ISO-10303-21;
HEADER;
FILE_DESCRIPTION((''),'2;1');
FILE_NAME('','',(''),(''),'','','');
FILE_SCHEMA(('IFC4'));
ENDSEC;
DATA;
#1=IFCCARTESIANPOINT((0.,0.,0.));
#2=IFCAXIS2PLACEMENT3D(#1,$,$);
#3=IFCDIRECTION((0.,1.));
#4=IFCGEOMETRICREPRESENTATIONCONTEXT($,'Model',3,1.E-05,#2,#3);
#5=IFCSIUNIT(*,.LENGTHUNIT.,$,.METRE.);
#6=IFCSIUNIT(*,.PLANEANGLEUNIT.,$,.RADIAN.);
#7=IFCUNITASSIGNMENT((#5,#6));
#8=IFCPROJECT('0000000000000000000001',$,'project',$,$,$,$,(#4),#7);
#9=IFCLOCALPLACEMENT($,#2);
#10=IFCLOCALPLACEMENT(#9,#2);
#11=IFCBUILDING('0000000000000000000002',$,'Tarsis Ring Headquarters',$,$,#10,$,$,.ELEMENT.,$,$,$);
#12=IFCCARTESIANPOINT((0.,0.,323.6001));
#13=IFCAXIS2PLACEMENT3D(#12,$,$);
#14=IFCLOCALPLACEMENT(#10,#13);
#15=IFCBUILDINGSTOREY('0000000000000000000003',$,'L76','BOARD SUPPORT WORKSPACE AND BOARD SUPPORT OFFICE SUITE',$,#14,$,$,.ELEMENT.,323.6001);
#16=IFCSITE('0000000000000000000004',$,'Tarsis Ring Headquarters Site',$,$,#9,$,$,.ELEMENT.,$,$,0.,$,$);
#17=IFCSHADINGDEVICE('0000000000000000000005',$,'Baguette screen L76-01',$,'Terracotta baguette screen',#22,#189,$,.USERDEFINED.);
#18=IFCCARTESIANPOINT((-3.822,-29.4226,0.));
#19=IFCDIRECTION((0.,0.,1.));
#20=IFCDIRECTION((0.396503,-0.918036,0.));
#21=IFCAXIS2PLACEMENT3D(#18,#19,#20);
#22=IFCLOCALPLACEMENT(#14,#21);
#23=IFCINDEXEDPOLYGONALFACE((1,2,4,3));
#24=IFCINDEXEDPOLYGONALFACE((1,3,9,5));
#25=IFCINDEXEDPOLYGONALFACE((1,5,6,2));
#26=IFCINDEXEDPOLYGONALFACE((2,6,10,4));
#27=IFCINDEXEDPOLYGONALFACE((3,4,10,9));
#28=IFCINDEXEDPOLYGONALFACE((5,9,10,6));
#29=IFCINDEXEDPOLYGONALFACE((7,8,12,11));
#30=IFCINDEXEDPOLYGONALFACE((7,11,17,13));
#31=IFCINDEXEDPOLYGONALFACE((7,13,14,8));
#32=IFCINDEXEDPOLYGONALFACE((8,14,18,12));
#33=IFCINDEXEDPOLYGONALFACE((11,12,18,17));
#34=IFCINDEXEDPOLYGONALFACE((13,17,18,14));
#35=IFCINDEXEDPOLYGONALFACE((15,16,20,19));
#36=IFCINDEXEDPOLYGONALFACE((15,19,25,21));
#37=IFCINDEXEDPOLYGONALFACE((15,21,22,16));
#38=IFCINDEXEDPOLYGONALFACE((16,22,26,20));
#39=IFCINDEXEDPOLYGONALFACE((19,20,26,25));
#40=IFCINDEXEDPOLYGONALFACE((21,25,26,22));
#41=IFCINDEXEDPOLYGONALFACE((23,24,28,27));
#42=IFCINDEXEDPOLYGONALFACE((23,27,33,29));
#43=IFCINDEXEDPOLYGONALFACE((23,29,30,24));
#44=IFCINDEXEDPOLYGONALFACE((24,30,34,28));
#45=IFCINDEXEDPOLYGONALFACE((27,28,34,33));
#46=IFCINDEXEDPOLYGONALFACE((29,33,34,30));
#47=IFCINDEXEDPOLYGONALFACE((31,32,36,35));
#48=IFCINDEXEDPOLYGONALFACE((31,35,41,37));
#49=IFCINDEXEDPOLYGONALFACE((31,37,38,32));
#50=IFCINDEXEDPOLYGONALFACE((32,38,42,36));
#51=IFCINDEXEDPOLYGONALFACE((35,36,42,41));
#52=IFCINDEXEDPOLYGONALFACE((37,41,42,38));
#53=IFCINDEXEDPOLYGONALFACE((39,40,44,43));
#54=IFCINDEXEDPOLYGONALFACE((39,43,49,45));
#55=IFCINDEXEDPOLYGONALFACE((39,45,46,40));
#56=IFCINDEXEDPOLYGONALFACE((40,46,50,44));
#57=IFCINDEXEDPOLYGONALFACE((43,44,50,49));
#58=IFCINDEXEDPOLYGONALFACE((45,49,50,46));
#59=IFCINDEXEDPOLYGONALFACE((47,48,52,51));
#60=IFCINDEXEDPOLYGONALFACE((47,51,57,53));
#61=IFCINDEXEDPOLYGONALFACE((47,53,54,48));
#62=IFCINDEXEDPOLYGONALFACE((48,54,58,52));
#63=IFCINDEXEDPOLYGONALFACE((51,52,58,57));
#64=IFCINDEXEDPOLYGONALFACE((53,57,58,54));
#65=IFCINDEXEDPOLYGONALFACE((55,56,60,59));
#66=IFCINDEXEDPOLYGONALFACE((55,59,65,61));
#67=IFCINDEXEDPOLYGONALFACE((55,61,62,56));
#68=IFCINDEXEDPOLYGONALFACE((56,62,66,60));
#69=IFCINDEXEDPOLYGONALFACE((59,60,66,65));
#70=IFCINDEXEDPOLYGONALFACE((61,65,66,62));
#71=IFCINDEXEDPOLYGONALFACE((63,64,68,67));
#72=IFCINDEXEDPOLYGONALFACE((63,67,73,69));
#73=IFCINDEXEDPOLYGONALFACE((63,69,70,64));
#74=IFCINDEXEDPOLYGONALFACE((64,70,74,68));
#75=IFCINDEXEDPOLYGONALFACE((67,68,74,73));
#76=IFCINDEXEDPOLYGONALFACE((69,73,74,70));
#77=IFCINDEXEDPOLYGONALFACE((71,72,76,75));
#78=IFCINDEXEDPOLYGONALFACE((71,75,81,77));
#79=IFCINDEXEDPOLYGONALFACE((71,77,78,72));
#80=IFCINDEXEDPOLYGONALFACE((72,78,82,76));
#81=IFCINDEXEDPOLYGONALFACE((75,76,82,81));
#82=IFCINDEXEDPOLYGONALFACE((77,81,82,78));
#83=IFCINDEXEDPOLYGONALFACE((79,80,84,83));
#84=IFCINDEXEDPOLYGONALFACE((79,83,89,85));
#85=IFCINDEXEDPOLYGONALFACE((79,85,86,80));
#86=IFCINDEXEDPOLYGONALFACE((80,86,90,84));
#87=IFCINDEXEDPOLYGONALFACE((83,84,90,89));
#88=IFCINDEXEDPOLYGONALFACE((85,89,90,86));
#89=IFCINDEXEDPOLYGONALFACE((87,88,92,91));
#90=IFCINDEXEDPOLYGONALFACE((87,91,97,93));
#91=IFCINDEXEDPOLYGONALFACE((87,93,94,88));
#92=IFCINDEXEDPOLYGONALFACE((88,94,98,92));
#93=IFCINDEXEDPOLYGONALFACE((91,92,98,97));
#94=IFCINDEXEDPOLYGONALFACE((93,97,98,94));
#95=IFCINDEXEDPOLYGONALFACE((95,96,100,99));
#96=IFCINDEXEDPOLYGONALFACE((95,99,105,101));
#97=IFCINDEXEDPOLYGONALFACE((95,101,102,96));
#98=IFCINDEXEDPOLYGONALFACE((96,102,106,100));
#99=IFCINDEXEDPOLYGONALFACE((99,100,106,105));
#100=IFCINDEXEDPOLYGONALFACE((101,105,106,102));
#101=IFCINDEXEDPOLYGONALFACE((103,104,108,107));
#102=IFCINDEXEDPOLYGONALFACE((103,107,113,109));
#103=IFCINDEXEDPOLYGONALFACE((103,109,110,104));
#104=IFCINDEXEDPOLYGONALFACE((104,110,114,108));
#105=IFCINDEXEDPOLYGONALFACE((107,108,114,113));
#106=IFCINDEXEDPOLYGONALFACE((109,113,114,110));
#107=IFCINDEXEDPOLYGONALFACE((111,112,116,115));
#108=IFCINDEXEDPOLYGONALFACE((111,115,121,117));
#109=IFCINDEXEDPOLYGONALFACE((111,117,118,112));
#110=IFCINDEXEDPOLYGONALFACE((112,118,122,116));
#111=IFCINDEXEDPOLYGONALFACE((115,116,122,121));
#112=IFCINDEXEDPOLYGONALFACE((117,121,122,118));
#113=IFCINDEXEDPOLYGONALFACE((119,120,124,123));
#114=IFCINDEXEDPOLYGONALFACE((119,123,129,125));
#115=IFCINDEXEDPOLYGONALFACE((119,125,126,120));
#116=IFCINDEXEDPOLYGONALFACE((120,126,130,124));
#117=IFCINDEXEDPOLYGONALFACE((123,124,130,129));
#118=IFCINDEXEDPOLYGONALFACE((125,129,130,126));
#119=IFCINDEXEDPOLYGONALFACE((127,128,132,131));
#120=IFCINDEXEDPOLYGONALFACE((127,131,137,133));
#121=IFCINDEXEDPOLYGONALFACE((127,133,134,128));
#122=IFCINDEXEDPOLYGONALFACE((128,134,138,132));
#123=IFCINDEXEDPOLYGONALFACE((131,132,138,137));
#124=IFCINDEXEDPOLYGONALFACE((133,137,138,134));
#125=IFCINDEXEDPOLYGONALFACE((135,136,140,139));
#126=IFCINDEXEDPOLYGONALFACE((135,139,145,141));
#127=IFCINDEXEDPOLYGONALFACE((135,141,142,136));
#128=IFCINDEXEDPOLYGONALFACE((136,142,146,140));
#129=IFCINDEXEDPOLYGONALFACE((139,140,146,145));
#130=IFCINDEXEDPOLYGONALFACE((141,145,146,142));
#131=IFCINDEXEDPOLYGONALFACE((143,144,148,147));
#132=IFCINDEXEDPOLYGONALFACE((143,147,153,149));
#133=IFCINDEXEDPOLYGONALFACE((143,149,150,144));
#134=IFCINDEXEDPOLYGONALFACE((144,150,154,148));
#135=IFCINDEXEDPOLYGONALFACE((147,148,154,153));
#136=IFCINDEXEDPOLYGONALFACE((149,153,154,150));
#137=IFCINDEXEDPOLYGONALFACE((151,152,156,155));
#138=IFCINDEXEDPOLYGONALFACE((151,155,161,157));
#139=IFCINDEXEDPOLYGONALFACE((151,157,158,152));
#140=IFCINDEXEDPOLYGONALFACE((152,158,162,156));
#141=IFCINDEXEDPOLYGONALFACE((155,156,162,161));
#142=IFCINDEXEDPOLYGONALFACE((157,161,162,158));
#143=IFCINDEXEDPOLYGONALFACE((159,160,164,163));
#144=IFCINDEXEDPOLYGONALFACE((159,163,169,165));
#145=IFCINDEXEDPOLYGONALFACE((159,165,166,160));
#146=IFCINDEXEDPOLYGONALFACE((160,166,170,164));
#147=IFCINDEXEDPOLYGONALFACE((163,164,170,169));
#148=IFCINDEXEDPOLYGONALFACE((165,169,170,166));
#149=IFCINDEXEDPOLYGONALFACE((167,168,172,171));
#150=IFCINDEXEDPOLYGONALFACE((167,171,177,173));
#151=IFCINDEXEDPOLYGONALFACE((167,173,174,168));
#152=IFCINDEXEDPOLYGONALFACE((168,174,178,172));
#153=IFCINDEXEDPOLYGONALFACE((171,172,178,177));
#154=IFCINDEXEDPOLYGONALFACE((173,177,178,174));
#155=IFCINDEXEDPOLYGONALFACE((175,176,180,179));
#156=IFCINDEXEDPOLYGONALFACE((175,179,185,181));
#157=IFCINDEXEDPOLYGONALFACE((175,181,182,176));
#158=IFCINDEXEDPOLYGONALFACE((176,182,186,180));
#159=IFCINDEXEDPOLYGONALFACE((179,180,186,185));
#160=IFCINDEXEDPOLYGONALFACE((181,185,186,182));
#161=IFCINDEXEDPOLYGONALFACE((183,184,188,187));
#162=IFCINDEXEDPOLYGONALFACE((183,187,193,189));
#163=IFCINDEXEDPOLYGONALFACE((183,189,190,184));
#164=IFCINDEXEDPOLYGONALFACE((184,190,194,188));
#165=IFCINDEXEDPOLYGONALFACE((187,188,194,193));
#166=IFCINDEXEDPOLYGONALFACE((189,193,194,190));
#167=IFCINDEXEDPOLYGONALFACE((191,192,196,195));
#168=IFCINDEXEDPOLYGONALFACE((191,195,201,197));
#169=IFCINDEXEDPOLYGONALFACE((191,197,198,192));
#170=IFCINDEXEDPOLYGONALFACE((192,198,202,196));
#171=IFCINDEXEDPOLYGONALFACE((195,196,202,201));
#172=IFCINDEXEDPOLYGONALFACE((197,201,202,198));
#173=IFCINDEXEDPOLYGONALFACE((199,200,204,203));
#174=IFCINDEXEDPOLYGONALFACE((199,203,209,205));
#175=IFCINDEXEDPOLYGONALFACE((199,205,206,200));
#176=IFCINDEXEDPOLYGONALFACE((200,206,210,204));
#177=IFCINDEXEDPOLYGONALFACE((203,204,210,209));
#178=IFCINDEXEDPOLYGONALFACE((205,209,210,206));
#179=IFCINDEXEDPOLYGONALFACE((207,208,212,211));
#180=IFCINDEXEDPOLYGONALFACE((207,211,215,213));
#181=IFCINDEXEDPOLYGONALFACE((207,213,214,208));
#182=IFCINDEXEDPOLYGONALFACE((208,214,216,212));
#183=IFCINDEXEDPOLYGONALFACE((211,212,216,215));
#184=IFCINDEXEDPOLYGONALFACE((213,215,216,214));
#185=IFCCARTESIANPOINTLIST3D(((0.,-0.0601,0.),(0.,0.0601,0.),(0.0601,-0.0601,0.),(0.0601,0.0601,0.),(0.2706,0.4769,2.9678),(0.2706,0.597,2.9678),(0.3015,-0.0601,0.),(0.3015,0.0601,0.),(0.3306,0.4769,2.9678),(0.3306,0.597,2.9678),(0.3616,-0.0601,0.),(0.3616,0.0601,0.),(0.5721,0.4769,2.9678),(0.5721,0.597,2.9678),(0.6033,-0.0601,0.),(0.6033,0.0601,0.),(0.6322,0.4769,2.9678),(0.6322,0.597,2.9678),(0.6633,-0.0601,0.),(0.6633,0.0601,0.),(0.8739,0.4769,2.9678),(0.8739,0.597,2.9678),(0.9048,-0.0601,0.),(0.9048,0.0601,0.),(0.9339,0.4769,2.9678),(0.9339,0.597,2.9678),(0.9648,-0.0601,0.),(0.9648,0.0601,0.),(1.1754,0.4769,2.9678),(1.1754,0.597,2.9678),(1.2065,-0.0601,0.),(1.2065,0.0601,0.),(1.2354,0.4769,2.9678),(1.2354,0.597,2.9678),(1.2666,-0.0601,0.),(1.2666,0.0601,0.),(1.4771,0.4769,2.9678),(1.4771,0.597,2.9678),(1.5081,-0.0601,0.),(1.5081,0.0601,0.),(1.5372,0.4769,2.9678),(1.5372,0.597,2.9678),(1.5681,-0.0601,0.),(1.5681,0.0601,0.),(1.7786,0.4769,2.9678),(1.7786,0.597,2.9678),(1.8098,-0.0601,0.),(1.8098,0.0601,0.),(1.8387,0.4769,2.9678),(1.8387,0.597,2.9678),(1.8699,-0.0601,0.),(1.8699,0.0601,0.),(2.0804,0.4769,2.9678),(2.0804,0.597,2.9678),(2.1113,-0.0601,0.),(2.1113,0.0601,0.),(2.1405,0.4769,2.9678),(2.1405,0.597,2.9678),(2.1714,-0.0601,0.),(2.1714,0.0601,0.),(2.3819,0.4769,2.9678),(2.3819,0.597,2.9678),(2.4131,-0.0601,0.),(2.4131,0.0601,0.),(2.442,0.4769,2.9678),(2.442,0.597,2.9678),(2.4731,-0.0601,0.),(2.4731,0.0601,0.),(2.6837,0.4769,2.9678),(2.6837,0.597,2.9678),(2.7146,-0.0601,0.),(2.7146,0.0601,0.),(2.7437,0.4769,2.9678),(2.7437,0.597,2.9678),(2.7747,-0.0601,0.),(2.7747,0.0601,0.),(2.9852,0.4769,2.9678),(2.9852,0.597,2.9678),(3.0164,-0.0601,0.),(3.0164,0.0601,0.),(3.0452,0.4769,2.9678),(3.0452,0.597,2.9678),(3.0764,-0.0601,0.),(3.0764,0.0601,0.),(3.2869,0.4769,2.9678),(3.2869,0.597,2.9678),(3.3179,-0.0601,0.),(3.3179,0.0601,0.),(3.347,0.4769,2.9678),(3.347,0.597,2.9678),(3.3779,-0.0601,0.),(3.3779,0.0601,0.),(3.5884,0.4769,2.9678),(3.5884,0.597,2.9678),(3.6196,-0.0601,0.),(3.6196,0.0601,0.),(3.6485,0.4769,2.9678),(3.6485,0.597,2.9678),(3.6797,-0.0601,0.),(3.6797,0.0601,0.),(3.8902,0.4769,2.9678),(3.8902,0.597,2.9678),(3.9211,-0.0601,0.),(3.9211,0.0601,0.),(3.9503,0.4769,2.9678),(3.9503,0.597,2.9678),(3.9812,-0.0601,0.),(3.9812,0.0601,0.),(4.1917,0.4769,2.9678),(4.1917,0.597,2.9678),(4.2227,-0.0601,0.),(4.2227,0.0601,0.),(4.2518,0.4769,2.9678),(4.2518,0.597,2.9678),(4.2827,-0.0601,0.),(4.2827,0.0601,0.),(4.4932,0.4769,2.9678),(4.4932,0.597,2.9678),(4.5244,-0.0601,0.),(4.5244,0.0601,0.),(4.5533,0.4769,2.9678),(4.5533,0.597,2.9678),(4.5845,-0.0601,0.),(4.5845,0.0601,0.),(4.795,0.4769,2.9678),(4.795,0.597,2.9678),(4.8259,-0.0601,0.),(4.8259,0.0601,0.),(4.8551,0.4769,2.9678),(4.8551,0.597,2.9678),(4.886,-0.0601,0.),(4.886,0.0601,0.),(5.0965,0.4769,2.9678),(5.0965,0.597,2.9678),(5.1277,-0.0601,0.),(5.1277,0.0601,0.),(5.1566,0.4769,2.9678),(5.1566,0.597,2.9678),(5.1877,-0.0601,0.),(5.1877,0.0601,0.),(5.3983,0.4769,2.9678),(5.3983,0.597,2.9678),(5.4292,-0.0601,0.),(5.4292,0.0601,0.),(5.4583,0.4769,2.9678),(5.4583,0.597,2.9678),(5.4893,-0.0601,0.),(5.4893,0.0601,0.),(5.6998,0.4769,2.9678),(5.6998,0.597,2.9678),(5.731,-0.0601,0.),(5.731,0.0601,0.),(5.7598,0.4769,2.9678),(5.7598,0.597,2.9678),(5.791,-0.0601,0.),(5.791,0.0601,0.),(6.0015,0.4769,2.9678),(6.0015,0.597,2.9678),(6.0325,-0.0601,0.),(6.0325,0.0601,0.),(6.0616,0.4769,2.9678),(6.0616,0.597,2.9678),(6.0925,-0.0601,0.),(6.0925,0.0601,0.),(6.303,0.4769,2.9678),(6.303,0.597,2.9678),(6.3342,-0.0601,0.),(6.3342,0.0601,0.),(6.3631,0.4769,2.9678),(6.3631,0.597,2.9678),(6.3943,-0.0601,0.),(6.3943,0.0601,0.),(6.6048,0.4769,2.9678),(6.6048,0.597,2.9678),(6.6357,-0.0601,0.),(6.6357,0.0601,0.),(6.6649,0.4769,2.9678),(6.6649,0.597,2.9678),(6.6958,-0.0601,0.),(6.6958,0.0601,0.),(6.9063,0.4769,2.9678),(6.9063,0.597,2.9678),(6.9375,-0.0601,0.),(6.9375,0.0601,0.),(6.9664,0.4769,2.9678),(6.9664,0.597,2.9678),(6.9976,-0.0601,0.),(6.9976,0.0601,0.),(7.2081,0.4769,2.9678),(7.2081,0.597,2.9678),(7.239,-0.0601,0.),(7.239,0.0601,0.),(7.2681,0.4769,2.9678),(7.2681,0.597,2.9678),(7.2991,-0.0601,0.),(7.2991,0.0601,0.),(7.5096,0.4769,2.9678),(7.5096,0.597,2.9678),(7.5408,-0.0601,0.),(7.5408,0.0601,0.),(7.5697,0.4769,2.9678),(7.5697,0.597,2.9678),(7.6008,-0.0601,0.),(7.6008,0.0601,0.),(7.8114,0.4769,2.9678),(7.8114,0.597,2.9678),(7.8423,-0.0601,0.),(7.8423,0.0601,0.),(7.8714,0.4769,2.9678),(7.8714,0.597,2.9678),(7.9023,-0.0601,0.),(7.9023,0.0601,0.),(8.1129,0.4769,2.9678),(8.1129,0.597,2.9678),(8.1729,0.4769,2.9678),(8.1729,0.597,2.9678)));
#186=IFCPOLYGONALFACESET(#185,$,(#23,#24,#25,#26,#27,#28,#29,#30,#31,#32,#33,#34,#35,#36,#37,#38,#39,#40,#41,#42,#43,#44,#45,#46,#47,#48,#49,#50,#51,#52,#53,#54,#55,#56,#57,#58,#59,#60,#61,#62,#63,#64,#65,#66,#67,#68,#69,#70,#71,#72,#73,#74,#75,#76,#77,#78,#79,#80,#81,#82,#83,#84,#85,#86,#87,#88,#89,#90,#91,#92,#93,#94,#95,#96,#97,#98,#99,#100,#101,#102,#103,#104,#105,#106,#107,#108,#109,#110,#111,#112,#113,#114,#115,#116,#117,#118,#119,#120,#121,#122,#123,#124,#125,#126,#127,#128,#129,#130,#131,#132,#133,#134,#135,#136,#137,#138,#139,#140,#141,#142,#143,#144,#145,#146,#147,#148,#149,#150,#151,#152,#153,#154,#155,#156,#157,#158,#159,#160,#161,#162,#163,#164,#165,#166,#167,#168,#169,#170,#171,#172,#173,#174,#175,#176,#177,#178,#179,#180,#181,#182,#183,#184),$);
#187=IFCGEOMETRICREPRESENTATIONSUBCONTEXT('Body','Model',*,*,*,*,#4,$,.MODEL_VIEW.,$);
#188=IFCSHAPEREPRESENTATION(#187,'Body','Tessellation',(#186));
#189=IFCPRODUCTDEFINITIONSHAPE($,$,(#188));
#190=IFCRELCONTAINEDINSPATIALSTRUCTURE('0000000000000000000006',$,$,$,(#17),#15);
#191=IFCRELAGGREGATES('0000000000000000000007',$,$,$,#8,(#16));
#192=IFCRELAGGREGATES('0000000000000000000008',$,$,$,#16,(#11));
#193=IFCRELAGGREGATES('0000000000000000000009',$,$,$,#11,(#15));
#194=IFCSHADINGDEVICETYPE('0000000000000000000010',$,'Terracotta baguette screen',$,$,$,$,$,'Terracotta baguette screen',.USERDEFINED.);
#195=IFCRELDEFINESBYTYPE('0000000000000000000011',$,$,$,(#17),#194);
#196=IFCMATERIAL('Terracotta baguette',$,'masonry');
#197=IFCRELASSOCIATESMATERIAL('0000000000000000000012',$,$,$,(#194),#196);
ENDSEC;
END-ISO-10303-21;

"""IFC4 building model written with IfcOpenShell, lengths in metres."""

from ifc_helpers import new_model, si_unit, direction, frame, frame_2d, origin, place, context, subcontext, project, spatial, rectangle, composite_profile, extrude, material, type_object, element, save


model = new_model("IFC4")

# Units and contexts
model_context = context("Model", 3, precision=1e-05, world=origin(), true_north=direction((0.0, 1.0)))
body_context = subcontext(model_context, "Body", "Model", "MODEL_VIEW")
ifc_project = project(units=[si_unit("LENGTHUNIT", "METRE"), si_unit("PLANEANGLEUNIT", "RADIAN")], contexts=[model_context])

# Site, building, storey
site_placement = place(None, origin())
site = spatial("IfcSite", under=ifc_project, at=site_placement, Name="Tarsis Ring Headquarters Site", CompositionType="ELEMENT", RefElevation=0.0)
building_placement = place(site_placement, origin())
building = spatial("IfcBuilding", under=site, at=building_placement, Name="Tarsis Ring Headquarters", CompositionType="ELEMENT")
storey_placement = place(building_placement, frame((0.0, 0.0, 323.6001)))
storey = spatial("IfcBuildingStorey", under=building, at=storey_placement, Name="L76", Description="BOARD SUPPORT WORKSPACE AND BOARD SUPPORT OFFICE SUITE", CompositionType="ELEMENT", Elevation=323.6001)

# Shading device
ifc_material_1 = material(Name="Terracotta baguette", Category="masonry")
shading_device_type = type_object("IfcShadingDeviceType", Name="Terracotta baguette screen", ElementType="Terracotta baguette screen", PredefinedType="USERDEFINED", material=ifc_material_1)
shading_device_1_placement = place(storey_placement, frame((-3.822, -29.4226, 0.0), z_axis=(0.0, 0.0, 1.0), x_axis=(0.396503, -0.918036, 0.0)))
element("IfcShadingDevice", 1, at=shading_device_1_placement, inside=storey, type_object=shading_device_type, Name="Baguette screen L76-01", ObjectType="Terracotta baguette screen", PredefinedType="USERDEFINED", context=body_context, shape_type="SweptSolid", body=[
    extrude(composite_profile([rectangle(XDim=0.0601, YDim=0.1201, at=frame_2d((0.03, 0.0))), rectangle(XDim=0.0601, YDim=0.1201, at=frame_2d((0.3315, 0.0))), rectangle(XDim=0.0601, YDim=0.1201, at=frame_2d((0.6333, 0.0))), rectangle(XDim=0.0601, YDim=0.1201, at=frame_2d((0.9348, 0.0))), rectangle(XDim=0.0601, YDim=0.1201, at=frame_2d((1.2366, 0.0))), rectangle(XDim=0.0601, YDim=0.1201, at=frame_2d((1.5381, 0.0))), rectangle(XDim=0.0601, YDim=0.1201, at=frame_2d((1.8398, 0.0))), rectangle(XDim=0.0601, YDim=0.1201, at=frame_2d((2.1414, 0.0))), rectangle(XDim=0.0601, YDim=0.1201, at=frame_2d((2.4431, 0.0))), rectangle(XDim=0.0601, YDim=0.1201, at=frame_2d((2.7446, 0.0))), rectangle(XDim=0.0601, YDim=0.1201, at=frame_2d((3.0464, 0.0))), rectangle(XDim=0.0601, YDim=0.1201, at=frame_2d((3.3479, 0.0))), rectangle(XDim=0.0601, YDim=0.1201, at=frame_2d((3.6497, 0.0))), rectangle(XDim=0.0601, YDim=0.1201, at=frame_2d((3.9512, 0.0))), rectangle(XDim=0.0601, YDim=0.1201, at=frame_2d((4.2527, 0.0))), rectangle(XDim=0.0601, YDim=0.1201, at=frame_2d((4.5544, 0.0))), rectangle(XDim=0.0601, YDim=0.1201, at=frame_2d((4.856, 0.0))), rectangle(XDim=0.0601, YDim=0.1201, at=frame_2d((5.1577, 0.0))), rectangle(XDim=0.0601, YDim=0.1201, at=frame_2d((5.4592, 0.0))), rectangle(XDim=0.0601, YDim=0.1201, at=frame_2d((5.761, 0.0))), rectangle(XDim=0.0601, YDim=0.1201, at=frame_2d((6.0625, 0.0))), rectangle(XDim=0.0601, YDim=0.1201, at=frame_2d((6.3643, 0.0))), rectangle(XDim=0.0601, YDim=0.1201, at=frame_2d((6.6658, 0.0))), rectangle(XDim=0.0601, YDim=0.1201, at=frame_2d((6.9675, 0.0))), rectangle(XDim=0.0601, YDim=0.1201, at=frame_2d((7.269, 0.0))), rectangle(XDim=0.0601, YDim=0.1201, at=frame_2d((7.5708, 0.0))), rectangle(XDim=0.0601, YDim=0.1201, at=frame_2d((7.8723, 0.0)))]), origin(), (0.089357, 0.177331, 0.980086), 3.0281),
])

save(model, "model.ifc")
